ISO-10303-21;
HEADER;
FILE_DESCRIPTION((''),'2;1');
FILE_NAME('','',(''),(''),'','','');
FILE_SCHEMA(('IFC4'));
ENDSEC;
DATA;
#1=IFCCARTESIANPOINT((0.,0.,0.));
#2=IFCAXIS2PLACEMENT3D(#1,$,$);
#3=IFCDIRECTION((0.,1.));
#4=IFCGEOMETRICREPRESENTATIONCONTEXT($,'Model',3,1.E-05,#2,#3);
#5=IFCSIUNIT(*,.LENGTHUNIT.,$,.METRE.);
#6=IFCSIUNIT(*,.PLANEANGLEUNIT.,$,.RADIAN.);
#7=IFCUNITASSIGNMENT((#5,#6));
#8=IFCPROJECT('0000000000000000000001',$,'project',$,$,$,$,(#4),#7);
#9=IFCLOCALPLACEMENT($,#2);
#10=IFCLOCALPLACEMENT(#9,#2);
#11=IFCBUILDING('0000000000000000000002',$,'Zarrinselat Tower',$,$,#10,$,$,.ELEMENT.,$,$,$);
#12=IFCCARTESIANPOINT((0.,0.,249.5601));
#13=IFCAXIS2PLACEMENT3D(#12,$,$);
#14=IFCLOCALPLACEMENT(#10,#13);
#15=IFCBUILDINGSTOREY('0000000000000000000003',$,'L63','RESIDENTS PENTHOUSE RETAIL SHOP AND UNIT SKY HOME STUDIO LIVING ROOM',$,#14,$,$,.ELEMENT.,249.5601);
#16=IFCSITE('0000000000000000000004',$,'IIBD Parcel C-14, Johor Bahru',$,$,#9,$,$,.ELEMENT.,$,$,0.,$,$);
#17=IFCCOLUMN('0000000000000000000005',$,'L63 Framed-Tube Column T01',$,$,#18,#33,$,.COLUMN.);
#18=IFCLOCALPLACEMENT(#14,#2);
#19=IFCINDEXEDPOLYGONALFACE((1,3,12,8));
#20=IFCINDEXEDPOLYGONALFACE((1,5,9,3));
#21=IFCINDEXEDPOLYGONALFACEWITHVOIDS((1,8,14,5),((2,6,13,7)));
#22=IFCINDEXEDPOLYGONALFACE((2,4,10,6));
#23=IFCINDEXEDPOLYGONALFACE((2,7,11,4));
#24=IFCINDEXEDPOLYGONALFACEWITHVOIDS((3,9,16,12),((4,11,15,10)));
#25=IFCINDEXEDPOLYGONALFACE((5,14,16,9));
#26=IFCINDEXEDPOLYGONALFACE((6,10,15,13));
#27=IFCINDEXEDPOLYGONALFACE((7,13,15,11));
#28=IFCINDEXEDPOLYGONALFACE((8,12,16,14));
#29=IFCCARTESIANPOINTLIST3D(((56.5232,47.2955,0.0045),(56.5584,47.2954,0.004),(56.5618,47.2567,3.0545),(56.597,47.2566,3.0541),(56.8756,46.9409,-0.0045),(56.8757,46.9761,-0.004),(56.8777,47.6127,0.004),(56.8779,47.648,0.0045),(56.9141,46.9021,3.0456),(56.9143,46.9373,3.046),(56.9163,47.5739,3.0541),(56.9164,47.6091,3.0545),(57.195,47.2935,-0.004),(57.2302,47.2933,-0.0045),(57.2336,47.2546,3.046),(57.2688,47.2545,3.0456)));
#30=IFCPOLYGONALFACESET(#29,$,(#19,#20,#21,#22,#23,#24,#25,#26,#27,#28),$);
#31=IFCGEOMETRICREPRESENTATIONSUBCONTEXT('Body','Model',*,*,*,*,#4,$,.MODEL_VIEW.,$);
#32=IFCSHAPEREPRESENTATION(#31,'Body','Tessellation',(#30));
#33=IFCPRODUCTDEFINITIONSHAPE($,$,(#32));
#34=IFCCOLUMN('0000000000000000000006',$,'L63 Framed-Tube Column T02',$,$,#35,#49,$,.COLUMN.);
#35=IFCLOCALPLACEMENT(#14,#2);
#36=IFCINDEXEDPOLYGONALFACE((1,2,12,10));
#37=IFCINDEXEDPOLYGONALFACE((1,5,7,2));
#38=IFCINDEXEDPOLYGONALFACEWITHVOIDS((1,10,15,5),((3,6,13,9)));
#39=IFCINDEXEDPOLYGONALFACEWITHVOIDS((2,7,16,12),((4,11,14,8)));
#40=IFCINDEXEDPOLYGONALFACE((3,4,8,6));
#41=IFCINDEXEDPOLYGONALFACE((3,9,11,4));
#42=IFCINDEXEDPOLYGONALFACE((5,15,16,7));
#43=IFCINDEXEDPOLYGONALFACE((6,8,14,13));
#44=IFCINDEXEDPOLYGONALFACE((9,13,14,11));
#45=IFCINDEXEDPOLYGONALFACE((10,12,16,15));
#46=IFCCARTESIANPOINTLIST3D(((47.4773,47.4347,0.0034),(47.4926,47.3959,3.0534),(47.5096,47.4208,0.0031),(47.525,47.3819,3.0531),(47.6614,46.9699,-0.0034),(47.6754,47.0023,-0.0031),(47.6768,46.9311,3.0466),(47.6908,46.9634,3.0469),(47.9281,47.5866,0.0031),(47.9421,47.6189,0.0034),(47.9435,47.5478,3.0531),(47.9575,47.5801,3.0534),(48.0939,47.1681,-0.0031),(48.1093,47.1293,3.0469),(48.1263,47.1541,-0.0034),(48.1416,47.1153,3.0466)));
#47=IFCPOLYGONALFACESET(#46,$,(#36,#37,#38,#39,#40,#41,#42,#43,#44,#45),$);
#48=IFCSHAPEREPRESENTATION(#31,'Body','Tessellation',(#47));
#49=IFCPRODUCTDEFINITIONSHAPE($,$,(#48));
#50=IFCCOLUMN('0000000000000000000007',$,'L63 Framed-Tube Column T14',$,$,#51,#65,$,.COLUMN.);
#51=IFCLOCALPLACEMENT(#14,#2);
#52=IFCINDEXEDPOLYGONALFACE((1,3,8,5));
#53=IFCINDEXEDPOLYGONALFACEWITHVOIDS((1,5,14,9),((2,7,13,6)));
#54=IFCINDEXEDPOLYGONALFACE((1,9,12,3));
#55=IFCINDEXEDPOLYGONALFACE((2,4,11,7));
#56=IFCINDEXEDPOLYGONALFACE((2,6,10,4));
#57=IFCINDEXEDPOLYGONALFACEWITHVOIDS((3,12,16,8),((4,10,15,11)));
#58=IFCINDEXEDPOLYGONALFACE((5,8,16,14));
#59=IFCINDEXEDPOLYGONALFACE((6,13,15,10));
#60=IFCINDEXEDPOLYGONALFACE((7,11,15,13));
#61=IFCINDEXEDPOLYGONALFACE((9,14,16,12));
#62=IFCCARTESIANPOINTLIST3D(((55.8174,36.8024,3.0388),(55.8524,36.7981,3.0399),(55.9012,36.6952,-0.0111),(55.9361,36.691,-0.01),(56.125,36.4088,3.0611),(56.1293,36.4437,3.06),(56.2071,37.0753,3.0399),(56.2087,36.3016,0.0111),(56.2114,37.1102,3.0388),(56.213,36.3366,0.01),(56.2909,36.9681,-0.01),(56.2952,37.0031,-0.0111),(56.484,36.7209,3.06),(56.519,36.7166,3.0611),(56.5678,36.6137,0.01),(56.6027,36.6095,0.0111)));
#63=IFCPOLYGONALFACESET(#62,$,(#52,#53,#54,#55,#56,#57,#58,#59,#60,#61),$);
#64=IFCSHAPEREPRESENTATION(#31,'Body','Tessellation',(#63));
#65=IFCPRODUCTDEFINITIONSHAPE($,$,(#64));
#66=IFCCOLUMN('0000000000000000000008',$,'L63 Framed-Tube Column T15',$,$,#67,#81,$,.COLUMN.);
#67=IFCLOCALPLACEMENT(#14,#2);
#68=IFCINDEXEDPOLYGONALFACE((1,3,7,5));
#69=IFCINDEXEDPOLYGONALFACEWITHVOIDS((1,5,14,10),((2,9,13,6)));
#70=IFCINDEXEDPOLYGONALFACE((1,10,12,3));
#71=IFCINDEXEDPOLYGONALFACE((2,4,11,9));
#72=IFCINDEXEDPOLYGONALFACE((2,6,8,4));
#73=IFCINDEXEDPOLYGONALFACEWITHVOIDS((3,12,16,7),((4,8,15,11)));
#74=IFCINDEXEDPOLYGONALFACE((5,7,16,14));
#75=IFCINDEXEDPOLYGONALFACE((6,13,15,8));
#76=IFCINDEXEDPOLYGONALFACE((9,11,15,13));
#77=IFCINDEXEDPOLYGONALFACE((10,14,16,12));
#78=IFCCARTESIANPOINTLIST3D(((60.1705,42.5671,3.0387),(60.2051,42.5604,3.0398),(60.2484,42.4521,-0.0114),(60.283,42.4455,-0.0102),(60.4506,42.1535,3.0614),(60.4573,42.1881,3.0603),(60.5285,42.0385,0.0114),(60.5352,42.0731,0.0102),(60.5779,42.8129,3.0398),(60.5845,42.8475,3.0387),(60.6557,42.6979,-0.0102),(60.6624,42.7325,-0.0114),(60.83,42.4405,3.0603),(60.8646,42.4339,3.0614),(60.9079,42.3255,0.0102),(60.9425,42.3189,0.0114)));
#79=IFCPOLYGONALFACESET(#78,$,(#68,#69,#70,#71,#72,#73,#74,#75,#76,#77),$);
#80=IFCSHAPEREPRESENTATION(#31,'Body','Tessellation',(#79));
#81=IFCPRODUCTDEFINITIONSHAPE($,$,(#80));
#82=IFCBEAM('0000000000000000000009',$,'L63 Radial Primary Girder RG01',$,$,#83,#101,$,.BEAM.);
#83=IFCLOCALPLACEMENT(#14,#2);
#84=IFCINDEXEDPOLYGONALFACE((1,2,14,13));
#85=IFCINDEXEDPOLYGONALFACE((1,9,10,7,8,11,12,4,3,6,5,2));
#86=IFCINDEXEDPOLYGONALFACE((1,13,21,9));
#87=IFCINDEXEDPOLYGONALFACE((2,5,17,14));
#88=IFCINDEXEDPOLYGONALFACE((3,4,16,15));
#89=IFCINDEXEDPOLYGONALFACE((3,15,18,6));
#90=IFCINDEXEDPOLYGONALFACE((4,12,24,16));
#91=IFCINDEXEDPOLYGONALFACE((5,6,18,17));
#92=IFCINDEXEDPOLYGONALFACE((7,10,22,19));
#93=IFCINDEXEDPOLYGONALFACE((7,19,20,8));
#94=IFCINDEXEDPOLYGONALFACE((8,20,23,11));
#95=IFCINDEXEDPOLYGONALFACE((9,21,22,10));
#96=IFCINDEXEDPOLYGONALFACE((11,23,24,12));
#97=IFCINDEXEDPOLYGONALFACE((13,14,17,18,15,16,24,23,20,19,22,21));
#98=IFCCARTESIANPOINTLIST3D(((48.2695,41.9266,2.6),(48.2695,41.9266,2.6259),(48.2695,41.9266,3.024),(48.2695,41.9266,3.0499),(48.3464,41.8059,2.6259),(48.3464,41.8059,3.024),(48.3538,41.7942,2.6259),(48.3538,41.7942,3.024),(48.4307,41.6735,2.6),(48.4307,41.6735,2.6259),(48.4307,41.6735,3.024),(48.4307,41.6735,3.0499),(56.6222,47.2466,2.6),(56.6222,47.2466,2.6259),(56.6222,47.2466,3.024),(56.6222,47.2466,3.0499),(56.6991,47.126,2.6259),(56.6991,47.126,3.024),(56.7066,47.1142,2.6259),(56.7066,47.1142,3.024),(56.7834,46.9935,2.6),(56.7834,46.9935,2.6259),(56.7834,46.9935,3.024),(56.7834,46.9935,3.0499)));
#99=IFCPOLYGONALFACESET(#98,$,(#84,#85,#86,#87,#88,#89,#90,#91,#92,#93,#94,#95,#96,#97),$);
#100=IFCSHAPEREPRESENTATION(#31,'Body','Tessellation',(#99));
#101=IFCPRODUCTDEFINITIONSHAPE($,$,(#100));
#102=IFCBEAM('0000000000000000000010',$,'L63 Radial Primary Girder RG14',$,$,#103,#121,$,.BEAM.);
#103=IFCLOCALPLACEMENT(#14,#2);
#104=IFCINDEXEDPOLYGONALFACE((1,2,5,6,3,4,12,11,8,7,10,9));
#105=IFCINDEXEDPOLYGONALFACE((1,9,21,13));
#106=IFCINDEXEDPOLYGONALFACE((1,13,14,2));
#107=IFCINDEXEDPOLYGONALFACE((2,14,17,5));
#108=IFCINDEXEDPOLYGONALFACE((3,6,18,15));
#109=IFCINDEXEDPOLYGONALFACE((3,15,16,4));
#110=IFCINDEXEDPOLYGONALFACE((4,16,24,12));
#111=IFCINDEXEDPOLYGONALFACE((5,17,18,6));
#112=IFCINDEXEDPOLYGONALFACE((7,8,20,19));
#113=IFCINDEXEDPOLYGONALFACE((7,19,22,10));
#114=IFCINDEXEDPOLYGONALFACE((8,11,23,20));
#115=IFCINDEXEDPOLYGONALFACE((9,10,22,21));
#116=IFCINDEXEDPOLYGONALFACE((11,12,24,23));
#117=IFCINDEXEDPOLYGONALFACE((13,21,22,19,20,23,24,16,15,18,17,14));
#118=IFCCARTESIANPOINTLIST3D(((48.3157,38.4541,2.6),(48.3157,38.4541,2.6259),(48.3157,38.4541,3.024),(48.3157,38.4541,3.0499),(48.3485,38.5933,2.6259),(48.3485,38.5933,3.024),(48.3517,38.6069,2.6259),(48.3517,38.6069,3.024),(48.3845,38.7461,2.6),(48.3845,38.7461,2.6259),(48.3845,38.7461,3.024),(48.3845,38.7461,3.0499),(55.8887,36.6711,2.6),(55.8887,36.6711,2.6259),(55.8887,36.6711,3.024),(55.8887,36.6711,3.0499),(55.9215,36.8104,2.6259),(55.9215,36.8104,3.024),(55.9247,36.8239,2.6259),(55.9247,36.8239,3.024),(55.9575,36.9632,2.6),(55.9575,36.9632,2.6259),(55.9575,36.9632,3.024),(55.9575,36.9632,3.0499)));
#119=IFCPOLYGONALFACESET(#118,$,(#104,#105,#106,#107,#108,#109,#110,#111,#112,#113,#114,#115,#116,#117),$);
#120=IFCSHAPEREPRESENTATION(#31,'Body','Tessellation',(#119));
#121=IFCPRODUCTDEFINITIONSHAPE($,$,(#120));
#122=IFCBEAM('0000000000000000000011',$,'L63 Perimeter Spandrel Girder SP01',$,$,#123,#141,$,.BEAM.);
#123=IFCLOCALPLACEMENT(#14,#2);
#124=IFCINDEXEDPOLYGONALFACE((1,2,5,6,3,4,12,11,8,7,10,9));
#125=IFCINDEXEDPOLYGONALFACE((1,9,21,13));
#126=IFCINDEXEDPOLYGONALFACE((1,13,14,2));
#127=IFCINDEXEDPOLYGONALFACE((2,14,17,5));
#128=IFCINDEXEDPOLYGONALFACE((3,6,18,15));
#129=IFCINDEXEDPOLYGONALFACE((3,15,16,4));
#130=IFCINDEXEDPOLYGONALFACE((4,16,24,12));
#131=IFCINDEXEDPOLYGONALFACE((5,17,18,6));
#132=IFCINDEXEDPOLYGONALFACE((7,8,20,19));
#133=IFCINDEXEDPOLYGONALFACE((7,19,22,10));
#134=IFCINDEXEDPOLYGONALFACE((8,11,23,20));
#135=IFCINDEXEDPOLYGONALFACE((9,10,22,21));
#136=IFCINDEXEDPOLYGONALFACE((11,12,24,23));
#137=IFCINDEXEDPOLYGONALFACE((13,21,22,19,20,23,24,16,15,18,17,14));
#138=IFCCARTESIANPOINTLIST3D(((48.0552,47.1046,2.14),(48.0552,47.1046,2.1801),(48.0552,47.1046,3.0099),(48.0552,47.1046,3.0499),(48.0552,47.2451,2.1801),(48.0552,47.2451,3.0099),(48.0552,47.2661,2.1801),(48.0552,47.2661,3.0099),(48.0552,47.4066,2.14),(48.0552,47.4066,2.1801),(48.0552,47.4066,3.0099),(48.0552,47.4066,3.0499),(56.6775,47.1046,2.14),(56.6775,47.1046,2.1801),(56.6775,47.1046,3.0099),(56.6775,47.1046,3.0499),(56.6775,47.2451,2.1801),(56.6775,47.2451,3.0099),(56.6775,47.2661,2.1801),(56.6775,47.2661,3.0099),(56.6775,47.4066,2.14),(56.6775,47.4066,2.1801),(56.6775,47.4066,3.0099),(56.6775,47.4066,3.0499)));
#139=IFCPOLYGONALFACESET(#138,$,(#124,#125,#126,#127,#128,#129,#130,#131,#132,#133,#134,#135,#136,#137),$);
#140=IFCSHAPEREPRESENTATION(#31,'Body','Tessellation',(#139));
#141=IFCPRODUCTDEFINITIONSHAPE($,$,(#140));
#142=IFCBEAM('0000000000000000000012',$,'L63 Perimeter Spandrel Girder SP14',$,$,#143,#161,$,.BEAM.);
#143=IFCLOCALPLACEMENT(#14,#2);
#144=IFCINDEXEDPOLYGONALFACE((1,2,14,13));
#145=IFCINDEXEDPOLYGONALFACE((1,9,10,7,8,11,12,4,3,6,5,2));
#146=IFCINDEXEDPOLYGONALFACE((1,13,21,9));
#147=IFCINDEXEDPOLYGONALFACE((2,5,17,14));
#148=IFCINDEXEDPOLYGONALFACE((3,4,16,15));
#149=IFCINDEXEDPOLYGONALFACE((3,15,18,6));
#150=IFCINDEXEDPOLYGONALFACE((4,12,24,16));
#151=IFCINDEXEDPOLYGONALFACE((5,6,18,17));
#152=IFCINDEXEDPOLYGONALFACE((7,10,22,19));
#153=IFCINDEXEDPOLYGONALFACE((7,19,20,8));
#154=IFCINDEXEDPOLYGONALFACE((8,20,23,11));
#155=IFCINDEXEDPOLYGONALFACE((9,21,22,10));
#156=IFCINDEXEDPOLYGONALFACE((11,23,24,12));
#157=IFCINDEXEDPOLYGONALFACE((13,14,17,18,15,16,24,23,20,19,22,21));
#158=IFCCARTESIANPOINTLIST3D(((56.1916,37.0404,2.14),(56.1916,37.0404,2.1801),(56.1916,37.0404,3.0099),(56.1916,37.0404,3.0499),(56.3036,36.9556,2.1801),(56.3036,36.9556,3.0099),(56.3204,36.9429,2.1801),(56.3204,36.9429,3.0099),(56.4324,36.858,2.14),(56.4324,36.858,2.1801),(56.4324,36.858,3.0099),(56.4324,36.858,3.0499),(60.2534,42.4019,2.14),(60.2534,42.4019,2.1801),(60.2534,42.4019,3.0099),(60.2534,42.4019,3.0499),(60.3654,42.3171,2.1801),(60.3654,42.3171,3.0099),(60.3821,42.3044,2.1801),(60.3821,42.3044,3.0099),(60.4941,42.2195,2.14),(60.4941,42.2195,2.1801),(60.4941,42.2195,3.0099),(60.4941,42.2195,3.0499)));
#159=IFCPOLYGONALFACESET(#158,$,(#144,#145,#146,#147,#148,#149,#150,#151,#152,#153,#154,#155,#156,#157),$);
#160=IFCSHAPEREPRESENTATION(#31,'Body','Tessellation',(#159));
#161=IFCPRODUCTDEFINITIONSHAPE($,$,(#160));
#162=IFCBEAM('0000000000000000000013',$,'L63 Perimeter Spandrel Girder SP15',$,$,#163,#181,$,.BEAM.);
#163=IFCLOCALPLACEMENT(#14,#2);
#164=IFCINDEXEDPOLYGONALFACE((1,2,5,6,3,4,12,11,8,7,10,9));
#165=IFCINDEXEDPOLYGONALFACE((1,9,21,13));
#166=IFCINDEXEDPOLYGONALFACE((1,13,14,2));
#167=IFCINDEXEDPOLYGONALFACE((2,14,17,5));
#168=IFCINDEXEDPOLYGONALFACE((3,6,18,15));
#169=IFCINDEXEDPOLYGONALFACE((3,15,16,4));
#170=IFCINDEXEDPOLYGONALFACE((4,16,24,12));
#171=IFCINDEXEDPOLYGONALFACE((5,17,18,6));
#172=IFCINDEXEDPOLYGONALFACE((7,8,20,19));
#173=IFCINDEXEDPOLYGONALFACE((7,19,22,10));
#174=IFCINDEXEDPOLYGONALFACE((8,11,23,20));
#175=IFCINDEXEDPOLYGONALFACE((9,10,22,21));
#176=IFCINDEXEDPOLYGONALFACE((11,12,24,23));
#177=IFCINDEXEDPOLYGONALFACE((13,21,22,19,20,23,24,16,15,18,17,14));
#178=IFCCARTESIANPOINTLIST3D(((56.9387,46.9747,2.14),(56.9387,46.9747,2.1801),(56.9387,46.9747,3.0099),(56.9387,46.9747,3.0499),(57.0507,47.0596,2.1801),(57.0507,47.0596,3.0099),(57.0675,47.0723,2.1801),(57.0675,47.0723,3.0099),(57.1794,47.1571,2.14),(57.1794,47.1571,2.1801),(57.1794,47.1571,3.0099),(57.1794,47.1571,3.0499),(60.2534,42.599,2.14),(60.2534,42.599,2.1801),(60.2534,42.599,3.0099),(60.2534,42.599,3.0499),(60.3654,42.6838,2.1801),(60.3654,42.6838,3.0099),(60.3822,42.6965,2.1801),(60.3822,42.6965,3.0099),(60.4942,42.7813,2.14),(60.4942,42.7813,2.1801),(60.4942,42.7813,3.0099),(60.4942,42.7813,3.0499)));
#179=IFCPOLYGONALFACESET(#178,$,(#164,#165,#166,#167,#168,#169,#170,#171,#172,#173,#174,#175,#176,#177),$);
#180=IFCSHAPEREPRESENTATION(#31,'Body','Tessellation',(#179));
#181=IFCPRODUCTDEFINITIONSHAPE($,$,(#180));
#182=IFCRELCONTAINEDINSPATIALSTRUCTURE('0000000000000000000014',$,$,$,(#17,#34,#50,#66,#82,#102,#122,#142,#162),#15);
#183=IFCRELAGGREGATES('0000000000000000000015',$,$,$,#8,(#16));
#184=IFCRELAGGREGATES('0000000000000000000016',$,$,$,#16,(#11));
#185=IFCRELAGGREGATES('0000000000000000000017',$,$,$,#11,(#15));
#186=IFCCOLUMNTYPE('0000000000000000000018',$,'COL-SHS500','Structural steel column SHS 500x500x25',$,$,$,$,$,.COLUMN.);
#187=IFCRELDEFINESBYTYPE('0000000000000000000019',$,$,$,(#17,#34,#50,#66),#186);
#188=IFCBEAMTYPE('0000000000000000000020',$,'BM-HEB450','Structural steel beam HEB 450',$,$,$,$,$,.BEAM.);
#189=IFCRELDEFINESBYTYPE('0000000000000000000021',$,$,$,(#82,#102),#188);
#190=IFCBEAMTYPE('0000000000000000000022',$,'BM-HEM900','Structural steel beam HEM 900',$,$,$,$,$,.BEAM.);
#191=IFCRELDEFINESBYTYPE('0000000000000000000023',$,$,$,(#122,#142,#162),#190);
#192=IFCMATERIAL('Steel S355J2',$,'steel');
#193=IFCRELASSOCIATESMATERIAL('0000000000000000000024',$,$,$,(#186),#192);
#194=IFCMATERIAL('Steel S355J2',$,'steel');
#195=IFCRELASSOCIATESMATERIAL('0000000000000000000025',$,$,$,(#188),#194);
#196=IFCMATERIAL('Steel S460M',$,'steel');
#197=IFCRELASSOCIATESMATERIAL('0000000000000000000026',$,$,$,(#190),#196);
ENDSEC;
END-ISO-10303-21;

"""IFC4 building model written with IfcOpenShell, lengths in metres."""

from ifc_helpers import new_model, si_unit, direction, frame, origin, origin_2d, place, context, subcontext, project, spatial, hollow_rectangle, i_section, extrude, material, material_profile, profile_set, type_object, element, save


model = new_model("IFC4")

# Units and contexts
model_context = context("Model", 3, precision=1e-05, world=origin(), true_north=direction((0.0, 1.0)))
body_context = subcontext(model_context, "Body", "Model", "MODEL_VIEW")
ifc_project = project(units=[si_unit("LENGTHUNIT", "METRE"), si_unit("PLANEANGLEUNIT", "RADIAN")], contexts=[model_context])

# Site, building, storey
site_placement = place(None, origin())
site = spatial("IfcSite", under=ifc_project, at=site_placement, Name="IIBD Parcel C-14, Johor Bahru", CompositionType="ELEMENT", RefElevation=0.0)
building_placement = place(site_placement, origin())
building = spatial("IfcBuilding", under=site, at=building_placement, Name="Zarrinselat Tower", CompositionType="ELEMENT")
storey_placement = place(building_placement, frame((0.0, 0.0, 249.5601)))
storey = spatial("IfcBuildingStorey", under=building, at=storey_placement, Name="L63", Description="RESIDENTS PENTHOUSE RETAIL SHOP AND UNIT SKY HOME STUDIO LIVING ROOM", CompositionType="ELEMENT", Elevation=249.5601)

# Columns
ifc_material_1 = material(Name="Steel S355J2", Category="steel")
ifc_material_profile_1 = material_profile(ifc_material_1, hollow_rectangle(XDim=0.5, YDim=0.5, WallThickness=0.0249, at=origin_2d()), Name="SHS 500x500x25")
ifc_profile_set_1 = profile_set([ifc_material_profile_1], Name="Steel S355J2")
column_type = type_object("IfcColumnType", Name="COL-SHS500", Description="Structural steel column SHS 500x500x25", PredefinedType="COLUMN", material=ifc_profile_set_1)
column_1_placement = place(storey_placement, frame((56.8767, 47.2944, 0.0), z_axis=(0.012645, -0.012725, 0.999839), x_axis=(0.709334, 0.704873, 0.0)))
element("IfcColumn", 1, at=column_1_placement, inside=storey, type_object=column_type, Name="L63 Framed-Tube Column T01", PredefinedType="COLUMN", context=body_context, shape_type="SweptSolid", body=[
    extrude(hollow_rectangle(XDim=0.5, YDim=0.5, WallThickness=0.0249, at=origin_2d()), origin(), (0.0, 0.0, 1.0), 3.0505),
])
column_2_placement = place(storey_placement, frame((47.8018, 47.2944, 0.0), z_axis=(0.005042, -0.012726, 0.999906), x_axis=(0.929682, 0.368364, 0.0)))
element("IfcColumn", 2, at=column_2_placement, inside=storey, type_object=column_type, Name="L63 Framed-Tube Column T02", PredefinedType="COLUMN", context=body_context, shape_type="SweptSolid", body=[
    extrude(hollow_rectangle(XDim=0.5, YDim=0.5, WallThickness=0.0249, at=origin_2d()), origin(), (0.0, 0.0, 1.0), 3.0503),
])
column_3_placement = place(storey_placement, frame((56.252, 36.6523, 0.0), z_axis=(-0.027428, 0.035105, 0.999007), x_axis=(-0.787997, -0.615679, 0.0)))
element("IfcColumn", 3, at=column_3_placement, inside=storey, type_object=column_type, Name="L63 Framed-Tube Column T14", PredefinedType="COLUMN", context=body_context, shape_type="SweptSolid", body=[
    extrude(hollow_rectangle(XDim=0.5, YDim=0.5, WallThickness=0.0249, at=origin_2d()), origin(), (0.0, 0.0, 1.0), 3.053),
])
column_4_placement = place(storey_placement, frame((60.5955, 42.3855, 0.0), z_axis=(-0.025508, 0.037662, 0.998965), x_axis=(-0.827971, -0.56077, 0.0)))
element("IfcColumn", 4, at=column_4_placement, inside=storey, type_object=column_type, Name="L63 Framed-Tube Column T15", PredefinedType="COLUMN", context=body_context, shape_type="SweptSolid", body=[
    extrude(hollow_rectangle(XDim=0.5, YDim=0.5, WallThickness=0.0249, at=origin_2d()), origin(), (0.0, 0.0, 1.0), 3.0532),
])

# Beams
ifc_material_2 = material(Name="Steel S355J2", Category="steel")
ifc_material_profile_2 = material_profile(ifc_material_2, i_section(OverallWidth=0.3, OverallDepth=0.45, WebThickness=0.0139, FlangeThickness=0.0259, at=origin_2d()), Name="HEB 450")
ifc_profile_set_2 = profile_set([ifc_material_profile_2], Name="Steel S355J2")
beam_type_1 = type_object("IfcBeamType", Name="BM-HEB450", Description="Structural steel beam HEB 450", PredefinedType="BEAM", material=ifc_profile_set_2)
beam_1_placement = place(storey_placement, frame((48.3501, 41.8, 2.825), z_axis=(0.843448, 0.53721, 0.0), x_axis=(-0.53721, 0.843448, 0.0)))
element("IfcBeam", 5, at=beam_1_placement, inside=storey, type_object=beam_type_1, Name="L63 Radial Primary Girder RG01", PredefinedType="BEAM", context=body_context, shape_type="SweptSolid", body=[
    extrude(i_section(OverallWidth=0.3, OverallDepth=0.45, WebThickness=0.0139, FlangeThickness=0.0259, at=origin_2d()), origin(), (0.0, 0.0, 1.0), 9.9031),
])
beam_2_placement = place(storey_placement, frame((48.3501, 38.6001, 2.825), z_axis=(0.973386, -0.229171, 0.0), x_axis=(0.229171, 0.973386, 0.0)))
element("IfcBeam", 6, at=beam_2_placement, inside=storey, type_object=beam_type_1, Name="L63 Radial Primary Girder RG14", PredefinedType="BEAM", context=body_context, shape_type="SweptSolid", body=[
    extrude(i_section(OverallWidth=0.3, OverallDepth=0.45, WebThickness=0.0139, FlangeThickness=0.0259, at=origin_2d()), origin(), (0.0, 0.0, 1.0), 7.78),
])
ifc_material_3 = material(Name="Steel S460M", Category="steel")
ifc_material_profile_3 = material_profile(ifc_material_3, i_section(OverallWidth=0.302, OverallDepth=0.9099, WebThickness=0.021, FlangeThickness=0.04, at=origin_2d()), Name="HEM 900")
ifc_profile_set_3 = profile_set([ifc_material_profile_3], Name="Steel S460M")
beam_type_2 = type_object("IfcBeamType", Name="BM-HEM900", Description="Structural steel beam HEM 900", PredefinedType="BEAM", material=ifc_profile_set_3)
beam_3_placement = place(storey_placement, frame((48.0552, 47.2556, 2.595), z_axis=(1.0, 0.0, 0.0), x_axis=(0.0, 1.0, 0.0)))
element("IfcBeam", 7, at=beam_3_placement, inside=storey, type_object=beam_type_2, Name="L63 Perimeter Spandrel Girder SP01", PredefinedType="BEAM", context=body_context, shape_type="SweptSolid", body=[
    extrude(i_section(OverallWidth=0.302, OverallDepth=0.9099, WebThickness=0.021, FlangeThickness=0.04, at=origin_2d()), origin(), (0.0, 0.0, 1.0), 8.6223),
])
beam_4_placement = place(storey_placement, frame((56.312, 36.9492, 2.595), z_axis=(0.603855, 0.797094, 0.0), x_axis=(-0.797094, 0.603855, 0.0)))
element("IfcBeam", 8, at=beam_4_placement, inside=storey, type_object=beam_type_2, Name="L63 Perimeter Spandrel Girder SP14", PredefinedType="BEAM", context=body_context, shape_type="SweptSolid", body=[
    extrude(i_section(OverallWidth=0.302, OverallDepth=0.9099, WebThickness=0.021, FlangeThickness=0.04, at=origin_2d()), origin(), (0.0, 0.0, 1.0), 6.7263),
])
beam_5_placement = place(storey_placement, frame((57.0591, 47.0659, 2.595), z_axis=(0.603829, -0.797114, 0.0), x_axis=(0.797114, 0.603829, 0.0)))
element("IfcBeam", 9, at=beam_5_placement, inside=storey, type_object=beam_type_2, Name="L63 Perimeter Spandrel Girder SP15", PredefinedType="BEAM", context=body_context, shape_type="SweptSolid", body=[
    extrude(i_section(OverallWidth=0.302, OverallDepth=0.9099, WebThickness=0.021, FlangeThickness=0.04, at=origin_2d()), origin(), (0.0, 0.0, 1.0), 5.4895),
])

save(model, "model.ifc")
